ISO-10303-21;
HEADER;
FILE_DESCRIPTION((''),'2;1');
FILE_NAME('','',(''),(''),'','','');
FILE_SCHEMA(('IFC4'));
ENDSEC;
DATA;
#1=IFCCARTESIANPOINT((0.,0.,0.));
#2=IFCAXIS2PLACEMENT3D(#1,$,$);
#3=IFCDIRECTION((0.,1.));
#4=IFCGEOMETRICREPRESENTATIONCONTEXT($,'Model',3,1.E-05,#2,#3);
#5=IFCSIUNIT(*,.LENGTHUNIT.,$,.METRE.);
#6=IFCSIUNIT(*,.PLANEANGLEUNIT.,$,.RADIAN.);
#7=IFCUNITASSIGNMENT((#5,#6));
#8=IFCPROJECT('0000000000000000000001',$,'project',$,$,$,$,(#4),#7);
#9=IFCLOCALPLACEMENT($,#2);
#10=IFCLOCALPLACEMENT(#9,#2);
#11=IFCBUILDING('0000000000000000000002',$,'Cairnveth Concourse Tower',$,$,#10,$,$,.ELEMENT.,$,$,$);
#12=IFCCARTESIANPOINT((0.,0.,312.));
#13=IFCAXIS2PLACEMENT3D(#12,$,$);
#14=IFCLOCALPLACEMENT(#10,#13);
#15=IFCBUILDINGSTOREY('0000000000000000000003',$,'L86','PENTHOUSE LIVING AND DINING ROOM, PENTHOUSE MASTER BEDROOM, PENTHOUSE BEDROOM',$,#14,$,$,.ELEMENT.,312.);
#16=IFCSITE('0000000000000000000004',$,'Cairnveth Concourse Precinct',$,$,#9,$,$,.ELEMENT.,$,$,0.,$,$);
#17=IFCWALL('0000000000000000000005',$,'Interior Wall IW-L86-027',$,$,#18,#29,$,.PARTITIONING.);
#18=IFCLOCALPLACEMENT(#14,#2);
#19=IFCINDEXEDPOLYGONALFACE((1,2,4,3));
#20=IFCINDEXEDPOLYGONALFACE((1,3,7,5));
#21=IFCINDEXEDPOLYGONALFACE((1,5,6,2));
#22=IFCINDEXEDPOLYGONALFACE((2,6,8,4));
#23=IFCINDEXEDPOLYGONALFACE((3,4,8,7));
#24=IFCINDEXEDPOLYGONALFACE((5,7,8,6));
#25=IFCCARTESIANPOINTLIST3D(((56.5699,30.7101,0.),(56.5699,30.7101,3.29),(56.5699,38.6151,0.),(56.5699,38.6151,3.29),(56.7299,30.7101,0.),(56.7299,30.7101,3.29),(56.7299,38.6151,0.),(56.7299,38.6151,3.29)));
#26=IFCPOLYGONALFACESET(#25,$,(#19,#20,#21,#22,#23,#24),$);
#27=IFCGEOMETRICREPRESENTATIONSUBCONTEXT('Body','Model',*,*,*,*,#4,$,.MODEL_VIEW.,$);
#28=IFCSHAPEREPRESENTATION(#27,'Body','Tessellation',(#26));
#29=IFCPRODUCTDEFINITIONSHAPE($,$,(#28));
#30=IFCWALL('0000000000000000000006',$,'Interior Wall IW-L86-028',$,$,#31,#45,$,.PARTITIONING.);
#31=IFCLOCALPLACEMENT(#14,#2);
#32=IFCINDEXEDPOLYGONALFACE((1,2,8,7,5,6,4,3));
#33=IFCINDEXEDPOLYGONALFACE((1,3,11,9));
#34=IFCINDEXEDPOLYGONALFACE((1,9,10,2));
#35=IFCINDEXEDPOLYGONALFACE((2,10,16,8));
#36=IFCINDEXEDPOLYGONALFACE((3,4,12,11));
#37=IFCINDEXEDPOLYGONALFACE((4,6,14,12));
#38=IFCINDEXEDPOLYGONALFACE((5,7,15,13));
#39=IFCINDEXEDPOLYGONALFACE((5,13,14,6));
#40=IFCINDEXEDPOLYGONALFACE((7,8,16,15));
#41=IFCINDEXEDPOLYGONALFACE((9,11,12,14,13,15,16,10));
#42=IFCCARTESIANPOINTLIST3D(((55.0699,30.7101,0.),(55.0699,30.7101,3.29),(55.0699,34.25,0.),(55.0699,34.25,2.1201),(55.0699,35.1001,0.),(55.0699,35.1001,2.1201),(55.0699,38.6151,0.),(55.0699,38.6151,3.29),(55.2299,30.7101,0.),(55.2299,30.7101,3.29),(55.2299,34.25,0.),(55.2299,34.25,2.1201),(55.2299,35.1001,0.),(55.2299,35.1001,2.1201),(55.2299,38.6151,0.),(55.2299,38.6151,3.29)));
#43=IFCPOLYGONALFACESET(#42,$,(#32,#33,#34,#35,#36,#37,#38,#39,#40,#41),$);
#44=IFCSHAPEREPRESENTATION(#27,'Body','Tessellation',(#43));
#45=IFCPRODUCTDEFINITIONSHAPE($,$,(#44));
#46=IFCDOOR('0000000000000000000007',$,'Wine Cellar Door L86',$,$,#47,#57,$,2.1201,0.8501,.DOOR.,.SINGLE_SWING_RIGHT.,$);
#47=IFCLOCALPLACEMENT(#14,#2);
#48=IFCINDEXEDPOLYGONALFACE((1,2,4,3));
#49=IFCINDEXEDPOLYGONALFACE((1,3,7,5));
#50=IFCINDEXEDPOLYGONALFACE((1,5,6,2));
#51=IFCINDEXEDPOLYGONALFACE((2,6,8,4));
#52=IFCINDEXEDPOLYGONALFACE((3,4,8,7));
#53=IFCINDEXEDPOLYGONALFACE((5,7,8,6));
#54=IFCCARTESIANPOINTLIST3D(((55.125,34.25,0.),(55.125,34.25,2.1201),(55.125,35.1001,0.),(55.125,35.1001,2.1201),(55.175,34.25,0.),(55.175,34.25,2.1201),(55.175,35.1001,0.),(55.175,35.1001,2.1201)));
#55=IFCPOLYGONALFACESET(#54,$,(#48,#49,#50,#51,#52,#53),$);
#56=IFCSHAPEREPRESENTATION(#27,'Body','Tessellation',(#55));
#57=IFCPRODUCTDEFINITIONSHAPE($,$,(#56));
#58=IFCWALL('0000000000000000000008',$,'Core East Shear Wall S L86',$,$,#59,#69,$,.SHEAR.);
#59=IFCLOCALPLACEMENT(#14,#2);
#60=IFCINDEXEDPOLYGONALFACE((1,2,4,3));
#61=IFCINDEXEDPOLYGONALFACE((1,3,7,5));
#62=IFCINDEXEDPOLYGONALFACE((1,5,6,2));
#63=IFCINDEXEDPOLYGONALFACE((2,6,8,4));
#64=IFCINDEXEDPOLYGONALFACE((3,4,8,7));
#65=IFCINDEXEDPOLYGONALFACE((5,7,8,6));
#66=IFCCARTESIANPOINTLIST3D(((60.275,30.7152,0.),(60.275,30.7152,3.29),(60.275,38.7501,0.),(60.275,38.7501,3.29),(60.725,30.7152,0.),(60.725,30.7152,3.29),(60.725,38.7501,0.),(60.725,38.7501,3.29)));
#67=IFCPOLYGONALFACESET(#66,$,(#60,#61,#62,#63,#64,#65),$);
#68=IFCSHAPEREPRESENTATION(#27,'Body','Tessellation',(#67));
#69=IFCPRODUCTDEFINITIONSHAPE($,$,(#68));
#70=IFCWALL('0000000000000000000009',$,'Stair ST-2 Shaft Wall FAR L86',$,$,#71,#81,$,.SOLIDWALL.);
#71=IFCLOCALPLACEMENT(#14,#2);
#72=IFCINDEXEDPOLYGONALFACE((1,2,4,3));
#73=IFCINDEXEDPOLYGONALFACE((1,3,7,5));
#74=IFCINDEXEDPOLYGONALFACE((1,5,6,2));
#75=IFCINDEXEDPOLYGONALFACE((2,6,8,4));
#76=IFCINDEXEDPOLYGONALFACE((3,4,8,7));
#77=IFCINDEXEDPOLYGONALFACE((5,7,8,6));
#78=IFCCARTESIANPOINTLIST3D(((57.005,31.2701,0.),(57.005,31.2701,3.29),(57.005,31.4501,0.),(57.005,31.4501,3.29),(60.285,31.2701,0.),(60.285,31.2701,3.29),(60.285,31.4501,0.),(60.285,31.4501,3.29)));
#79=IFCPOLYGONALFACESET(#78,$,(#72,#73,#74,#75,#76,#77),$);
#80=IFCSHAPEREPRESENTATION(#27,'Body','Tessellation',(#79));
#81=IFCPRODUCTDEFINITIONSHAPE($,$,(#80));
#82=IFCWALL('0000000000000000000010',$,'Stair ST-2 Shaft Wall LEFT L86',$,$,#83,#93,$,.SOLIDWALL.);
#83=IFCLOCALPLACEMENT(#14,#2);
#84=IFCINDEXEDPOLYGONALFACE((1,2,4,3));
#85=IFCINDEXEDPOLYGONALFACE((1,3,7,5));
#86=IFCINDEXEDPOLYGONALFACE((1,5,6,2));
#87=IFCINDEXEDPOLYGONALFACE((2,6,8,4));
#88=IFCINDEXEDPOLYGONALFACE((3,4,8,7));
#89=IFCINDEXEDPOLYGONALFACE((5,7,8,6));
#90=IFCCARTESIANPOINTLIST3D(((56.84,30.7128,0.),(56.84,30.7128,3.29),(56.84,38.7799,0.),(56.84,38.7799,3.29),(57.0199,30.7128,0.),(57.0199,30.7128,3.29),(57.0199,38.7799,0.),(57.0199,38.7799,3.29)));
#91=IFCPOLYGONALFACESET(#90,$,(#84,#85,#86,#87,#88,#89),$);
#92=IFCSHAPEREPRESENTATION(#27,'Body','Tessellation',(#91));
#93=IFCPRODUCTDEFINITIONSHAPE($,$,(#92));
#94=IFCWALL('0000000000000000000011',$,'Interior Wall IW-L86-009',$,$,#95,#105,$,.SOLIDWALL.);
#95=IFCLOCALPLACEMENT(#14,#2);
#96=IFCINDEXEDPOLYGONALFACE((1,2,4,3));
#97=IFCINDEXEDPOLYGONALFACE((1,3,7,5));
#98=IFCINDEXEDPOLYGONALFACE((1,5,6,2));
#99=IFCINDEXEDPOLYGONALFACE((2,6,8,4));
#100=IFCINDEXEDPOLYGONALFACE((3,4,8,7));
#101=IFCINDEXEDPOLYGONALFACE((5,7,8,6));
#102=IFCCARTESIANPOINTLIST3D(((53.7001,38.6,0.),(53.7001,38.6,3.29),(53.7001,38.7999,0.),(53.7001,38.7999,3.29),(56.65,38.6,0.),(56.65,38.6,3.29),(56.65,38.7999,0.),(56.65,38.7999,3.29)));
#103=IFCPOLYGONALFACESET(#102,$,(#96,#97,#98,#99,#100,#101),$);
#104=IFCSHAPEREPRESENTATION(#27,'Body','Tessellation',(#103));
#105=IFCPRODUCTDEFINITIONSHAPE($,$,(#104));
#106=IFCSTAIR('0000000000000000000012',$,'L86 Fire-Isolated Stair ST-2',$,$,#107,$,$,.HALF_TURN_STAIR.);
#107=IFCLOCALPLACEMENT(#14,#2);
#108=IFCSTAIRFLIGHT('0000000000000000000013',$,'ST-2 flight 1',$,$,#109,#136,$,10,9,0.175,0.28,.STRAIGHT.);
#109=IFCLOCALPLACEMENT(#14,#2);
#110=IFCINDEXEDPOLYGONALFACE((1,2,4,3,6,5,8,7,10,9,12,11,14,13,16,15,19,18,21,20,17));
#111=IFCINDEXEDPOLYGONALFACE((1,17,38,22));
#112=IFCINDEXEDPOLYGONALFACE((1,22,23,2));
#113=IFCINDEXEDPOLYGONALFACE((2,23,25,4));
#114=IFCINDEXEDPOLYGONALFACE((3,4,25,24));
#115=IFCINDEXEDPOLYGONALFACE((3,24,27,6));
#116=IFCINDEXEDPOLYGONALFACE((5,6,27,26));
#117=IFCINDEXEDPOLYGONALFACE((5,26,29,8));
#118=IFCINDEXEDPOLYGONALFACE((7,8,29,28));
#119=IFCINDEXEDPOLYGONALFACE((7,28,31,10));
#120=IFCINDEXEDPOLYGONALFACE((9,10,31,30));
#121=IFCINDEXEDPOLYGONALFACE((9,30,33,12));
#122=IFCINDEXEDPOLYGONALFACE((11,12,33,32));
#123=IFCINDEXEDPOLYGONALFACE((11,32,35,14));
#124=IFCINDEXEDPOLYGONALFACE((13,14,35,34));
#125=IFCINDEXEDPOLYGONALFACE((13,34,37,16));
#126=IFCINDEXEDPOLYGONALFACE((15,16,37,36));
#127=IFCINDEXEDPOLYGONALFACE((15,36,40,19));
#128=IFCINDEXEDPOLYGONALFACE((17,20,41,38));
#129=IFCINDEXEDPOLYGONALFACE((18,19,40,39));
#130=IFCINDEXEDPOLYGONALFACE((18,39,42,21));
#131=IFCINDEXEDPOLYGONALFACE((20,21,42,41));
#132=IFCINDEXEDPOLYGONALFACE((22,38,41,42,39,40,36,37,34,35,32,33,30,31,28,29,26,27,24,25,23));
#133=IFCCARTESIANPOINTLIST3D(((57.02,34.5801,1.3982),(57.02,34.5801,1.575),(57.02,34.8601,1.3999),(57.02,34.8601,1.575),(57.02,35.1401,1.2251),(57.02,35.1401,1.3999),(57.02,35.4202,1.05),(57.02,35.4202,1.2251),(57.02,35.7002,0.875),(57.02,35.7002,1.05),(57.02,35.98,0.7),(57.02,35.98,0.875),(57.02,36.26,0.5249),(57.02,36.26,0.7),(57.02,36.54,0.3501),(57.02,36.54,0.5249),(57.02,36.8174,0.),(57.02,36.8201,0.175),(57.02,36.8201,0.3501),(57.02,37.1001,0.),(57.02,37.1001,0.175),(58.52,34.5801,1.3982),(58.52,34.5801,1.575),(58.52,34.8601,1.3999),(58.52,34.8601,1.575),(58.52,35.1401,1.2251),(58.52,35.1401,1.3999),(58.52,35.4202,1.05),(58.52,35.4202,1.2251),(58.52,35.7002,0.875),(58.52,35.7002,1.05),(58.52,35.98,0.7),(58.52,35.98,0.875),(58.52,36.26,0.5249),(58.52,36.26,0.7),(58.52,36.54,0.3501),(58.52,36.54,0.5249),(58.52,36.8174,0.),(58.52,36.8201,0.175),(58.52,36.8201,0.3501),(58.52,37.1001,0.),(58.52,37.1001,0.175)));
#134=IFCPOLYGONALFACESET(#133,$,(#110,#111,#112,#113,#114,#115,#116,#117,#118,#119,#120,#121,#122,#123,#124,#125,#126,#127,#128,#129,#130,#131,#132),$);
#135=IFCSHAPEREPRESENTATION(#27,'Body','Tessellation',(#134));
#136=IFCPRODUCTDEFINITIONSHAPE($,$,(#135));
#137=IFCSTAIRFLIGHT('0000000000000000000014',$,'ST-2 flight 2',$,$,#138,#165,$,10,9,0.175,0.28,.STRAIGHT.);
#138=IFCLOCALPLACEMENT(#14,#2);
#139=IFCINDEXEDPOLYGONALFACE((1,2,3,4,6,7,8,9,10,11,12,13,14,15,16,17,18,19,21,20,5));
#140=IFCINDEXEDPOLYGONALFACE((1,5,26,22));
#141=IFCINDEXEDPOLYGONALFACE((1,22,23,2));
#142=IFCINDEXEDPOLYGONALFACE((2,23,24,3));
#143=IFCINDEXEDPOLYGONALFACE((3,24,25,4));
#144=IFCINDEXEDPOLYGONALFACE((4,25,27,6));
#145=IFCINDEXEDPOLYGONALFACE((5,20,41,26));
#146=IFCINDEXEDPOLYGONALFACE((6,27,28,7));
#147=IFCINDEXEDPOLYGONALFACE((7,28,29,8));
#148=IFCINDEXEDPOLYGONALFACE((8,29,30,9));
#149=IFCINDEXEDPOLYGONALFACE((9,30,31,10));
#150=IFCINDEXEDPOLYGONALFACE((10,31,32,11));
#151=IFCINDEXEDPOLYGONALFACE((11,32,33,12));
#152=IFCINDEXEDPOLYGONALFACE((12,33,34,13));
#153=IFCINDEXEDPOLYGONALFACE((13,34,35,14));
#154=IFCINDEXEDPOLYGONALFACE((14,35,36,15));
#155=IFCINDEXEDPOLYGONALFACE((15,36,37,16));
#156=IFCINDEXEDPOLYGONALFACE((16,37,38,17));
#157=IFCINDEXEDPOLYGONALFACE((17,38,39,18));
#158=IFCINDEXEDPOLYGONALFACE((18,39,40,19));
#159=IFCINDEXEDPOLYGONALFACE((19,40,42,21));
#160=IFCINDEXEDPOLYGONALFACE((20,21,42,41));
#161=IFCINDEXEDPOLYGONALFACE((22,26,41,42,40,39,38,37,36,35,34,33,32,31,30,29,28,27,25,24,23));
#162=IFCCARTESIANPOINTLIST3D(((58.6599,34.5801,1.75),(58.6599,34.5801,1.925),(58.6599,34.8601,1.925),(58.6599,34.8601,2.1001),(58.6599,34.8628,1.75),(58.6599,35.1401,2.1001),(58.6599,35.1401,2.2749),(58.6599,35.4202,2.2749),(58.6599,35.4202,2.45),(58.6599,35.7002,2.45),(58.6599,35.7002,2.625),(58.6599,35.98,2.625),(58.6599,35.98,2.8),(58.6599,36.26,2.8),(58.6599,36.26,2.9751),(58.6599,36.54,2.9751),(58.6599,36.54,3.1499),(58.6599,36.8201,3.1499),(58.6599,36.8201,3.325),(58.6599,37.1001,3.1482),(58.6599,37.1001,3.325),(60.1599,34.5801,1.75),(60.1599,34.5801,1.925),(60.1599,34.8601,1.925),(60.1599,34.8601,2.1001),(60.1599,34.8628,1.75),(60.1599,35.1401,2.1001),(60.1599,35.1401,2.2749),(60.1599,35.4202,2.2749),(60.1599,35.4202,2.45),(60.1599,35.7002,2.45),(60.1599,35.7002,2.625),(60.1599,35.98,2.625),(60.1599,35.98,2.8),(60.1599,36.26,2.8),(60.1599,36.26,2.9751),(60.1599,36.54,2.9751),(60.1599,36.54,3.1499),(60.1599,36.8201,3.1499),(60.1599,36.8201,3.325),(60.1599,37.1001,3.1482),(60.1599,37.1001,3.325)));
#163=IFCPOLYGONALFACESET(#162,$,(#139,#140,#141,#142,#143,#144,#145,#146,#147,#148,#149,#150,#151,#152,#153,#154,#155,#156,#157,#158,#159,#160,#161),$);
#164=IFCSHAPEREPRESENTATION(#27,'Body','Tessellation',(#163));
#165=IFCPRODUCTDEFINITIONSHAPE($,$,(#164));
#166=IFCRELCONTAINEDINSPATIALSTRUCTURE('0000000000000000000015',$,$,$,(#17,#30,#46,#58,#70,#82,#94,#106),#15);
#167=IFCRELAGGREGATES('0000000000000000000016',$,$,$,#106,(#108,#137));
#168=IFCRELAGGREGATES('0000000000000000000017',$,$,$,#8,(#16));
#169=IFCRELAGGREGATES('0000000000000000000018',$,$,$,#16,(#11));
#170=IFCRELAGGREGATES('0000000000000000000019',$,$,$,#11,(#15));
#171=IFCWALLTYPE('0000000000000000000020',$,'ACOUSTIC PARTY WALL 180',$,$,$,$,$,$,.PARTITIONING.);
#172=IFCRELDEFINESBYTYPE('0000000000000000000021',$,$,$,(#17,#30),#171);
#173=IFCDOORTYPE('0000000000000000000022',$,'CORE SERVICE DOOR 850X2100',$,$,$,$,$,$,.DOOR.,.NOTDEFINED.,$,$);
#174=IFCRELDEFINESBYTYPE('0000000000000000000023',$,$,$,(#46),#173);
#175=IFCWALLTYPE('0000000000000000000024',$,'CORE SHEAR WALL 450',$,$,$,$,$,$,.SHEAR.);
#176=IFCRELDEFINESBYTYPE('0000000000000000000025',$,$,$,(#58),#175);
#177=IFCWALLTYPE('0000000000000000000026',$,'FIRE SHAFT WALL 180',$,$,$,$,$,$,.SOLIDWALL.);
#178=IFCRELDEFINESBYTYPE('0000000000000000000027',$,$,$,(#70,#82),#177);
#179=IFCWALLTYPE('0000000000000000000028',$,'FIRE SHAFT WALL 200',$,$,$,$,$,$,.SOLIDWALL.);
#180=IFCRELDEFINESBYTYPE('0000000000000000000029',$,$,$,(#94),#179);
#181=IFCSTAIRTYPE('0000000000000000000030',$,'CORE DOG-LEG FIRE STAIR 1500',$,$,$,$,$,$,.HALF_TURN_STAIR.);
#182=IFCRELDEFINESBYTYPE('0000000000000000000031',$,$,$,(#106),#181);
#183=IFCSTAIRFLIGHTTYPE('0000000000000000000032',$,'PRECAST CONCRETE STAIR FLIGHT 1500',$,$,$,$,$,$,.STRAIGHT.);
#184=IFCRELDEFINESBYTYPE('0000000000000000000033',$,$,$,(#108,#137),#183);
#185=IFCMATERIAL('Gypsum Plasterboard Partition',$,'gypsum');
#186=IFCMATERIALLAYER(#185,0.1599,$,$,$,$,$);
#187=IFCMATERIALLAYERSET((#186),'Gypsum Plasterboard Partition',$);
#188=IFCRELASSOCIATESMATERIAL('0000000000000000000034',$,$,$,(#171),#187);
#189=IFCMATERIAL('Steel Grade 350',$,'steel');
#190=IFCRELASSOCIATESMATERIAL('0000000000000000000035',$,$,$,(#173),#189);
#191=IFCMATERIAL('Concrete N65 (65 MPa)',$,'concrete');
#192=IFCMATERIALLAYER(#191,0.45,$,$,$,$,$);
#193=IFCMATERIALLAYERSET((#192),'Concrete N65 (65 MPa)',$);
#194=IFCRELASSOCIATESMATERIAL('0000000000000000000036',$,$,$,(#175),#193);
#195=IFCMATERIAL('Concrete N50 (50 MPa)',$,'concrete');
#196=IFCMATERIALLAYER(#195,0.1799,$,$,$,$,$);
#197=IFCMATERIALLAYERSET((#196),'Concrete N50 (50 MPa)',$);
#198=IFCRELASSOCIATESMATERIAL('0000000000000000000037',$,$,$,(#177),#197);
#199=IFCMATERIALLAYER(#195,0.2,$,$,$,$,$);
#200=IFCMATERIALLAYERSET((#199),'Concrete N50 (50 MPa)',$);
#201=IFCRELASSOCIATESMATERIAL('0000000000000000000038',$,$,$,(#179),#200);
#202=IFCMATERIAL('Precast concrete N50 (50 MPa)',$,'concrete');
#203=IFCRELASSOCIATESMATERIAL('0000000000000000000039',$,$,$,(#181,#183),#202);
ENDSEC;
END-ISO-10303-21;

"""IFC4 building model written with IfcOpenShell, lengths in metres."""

from ifc_helpers import new_model, si_unit, direction, frame, frame_2d, origin, place, context, subcontext, project, spatial, polyline, rectangle, outline, extrude, material, layer, layer_set, type_object, element, fill, aggregate, save


model = new_model("IFC4")

# Units and contexts
model_context = context("Model", 3, precision=1e-05, world=origin(), true_north=direction((0.0, 1.0)))
body_context = subcontext(model_context, "Body", "Model", "MODEL_VIEW")
ifc_project = project(units=[si_unit("LENGTHUNIT", "METRE"), si_unit("PLANEANGLEUNIT", "RADIAN")], contexts=[model_context])

# Site, building, storey
site_placement = place(None, origin())
site = spatial("IfcSite", under=ifc_project, at=site_placement, Name="Cairnveth Concourse Precinct", CompositionType="ELEMENT", RefElevation=0.0)
building_placement = place(site_placement, origin())
building = spatial("IfcBuilding", under=site, at=building_placement, Name="Cairnveth Concourse Tower", CompositionType="ELEMENT")
storey_placement = place(building_placement, frame((0.0, 0.0, 312.0)))
storey = spatial("IfcBuildingStorey", under=building, at=storey_placement, Name="L86", Description="PENTHOUSE LIVING AND DINING ROOM, PENTHOUSE MASTER BEDROOM, PENTHOUSE BEDROOM", CompositionType="ELEMENT", Elevation=312.0)

# Wall
ifc_material_1 = material(Name="Gypsum Plasterboard Partition", Category="gypsum")
ifc_layer_1 = layer(ifc_material_1, 0.1599)
ifc_layer_set_1 = layer_set([ifc_layer_1], Name="Gypsum Plasterboard Partition")
wall_type_1 = type_object("IfcWallType", Name="ACOUSTIC PARTY WALL 180", PredefinedType="PARTITIONING", material=ifc_layer_set_1)
wall_1_placement = place(storey_placement, frame((56.6499, 30.71, 0.0), z_axis=(0.0, 0.0, 1.0), x_axis=(0.0, 1.0, 0.0)))
element("IfcWall", 1, at=wall_1_placement, inside=storey, type_object=wall_type_1, Name="Interior Wall IW-L86-027", PredefinedType="PARTITIONING", context=body_context, shape_type="SweptSolid", body=[
    extrude(rectangle(XDim=7.905, YDim=0.1599, at=frame_2d((3.9526, 0.0))), origin(), (0.0, 0.0, 1.0), 3.29),
])

# Wall, opening, door
wall_2_placement = place(storey_placement, frame((55.1499, 30.71, 0.0), z_axis=(0.0, 0.0, 1.0), x_axis=(0.0, 1.0, 0.0)))
wall_2 = element("IfcWall", 2, at=wall_2_placement, inside=storey, type_object=wall_type_1, Name="Interior Wall IW-L86-028", PredefinedType="PARTITIONING", context=body_context, shape_type="SweptSolid", body=[
    extrude(rectangle(XDim=7.905, YDim=0.1599, at=frame_2d((3.9526, 0.0))), origin(), (0.0, 0.0, 1.0), 3.29),
])
opening_1_placement = place(wall_2_placement, frame((3.54, 0.0, 0.0)))
opening_1 = element("IfcOpeningElement", 3, at=opening_1_placement, cuts=wall_2, PredefinedType="OPENING", context=body_context, shape_type="SweptSolid", body=[
    extrude(rectangle(XDim=0.8501, YDim=2.1201, at=frame_2d((0.425, 1.0601))), frame((0.0, 0.0898, 0.0), z_axis=(0.0, -1.0, 0.0), x_axis=(1.0, 0.0, 0.0)), (0.0, 0.0, 1.0), 0.1799),
])
ifc_material_2 = material(Name="Steel Grade 350", Category="steel")
door_type_1 = type_object("IfcDoorType", Name="CORE SERVICE DOOR 850X2100", OperationType="NOTDEFINED", PredefinedType="DOOR", material=ifc_material_2)
door_1_placement = place(opening_1_placement, origin())
door_1 = element("IfcDoor", 4, at=door_1_placement, inside=storey, type_object=door_type_1, Name="Wine Cellar Door L86", OperationType="SINGLE_SWING_RIGHT", OverallHeight=2.1201, OverallWidth=0.8501, PredefinedType="DOOR", context=body_context, shape_type="SweptSolid", body=[
    extrude(rectangle(XDim=0.8501, YDim=2.1201, at=frame_2d((0.425, 1.0601))), frame((0.0, 0.0249, 0.0), z_axis=(0.0, -1.0, 0.0), x_axis=(1.0, 0.0, 0.0)), (0.0, 0.0, 1.0), 0.05),
])
fill(opening_1, door_1)

# Wall
ifc_material_3 = material(Name="Concrete N65 (65 MPa)", Category="concrete")
ifc_layer_2 = layer(ifc_material_3, 0.45)
ifc_layer_set_2 = layer_set([ifc_layer_2], Name="Concrete N65 (65 MPa)")
wall_type_2 = type_object("IfcWallType", Name="CORE SHEAR WALL 450", PredefinedType="SHEAR", material=ifc_layer_set_2)
wall_3_placement = place(storey_placement, frame((60.5, 30.7151, 0.0), z_axis=(0.0, 0.0, 1.0), x_axis=(0.0, 1.0, 0.0)))
element("IfcWall", 5, at=wall_3_placement, inside=storey, type_object=wall_type_2, Name="Core East Shear Wall S L86", PredefinedType="SHEAR", context=body_context, shape_type="SweptSolid", body=[
    extrude(rectangle(XDim=8.0349, YDim=0.45, at=frame_2d((4.0176, 0.0))), origin(), (0.0, 0.0, 1.0), 3.29),
])

# Shared definitions
ifc_material_4 = material(Name="Concrete N50 (50 MPa)", Category="concrete")
ifc_layer_3 = layer(ifc_material_4, 0.1799)
ifc_layer_set_3 = layer_set([ifc_layer_3], Name="Concrete N50 (50 MPa)")
wall_type_3 = type_object("IfcWallType", Name="FIRE SHAFT WALL 180", PredefinedType="SOLIDWALL", material=ifc_layer_set_3)

# Walls
wall_4_placement = place(storey_placement, frame((57.0049, 31.3601, 0.0), z_axis=(0.0, 0.0, 1.0), x_axis=(1.0, 0.0, 0.0)))
element("IfcWall", 6, at=wall_4_placement, inside=storey, type_object=wall_type_3, Name="Stair ST-2 Shaft Wall FAR L86", PredefinedType="SOLIDWALL", context=body_context, shape_type="SweptSolid", body=[
    extrude(rectangle(XDim=3.28, YDim=0.1799, at=frame_2d((1.6401, 0.0))), origin(), (0.0, 0.0, 1.0), 3.29),
])
wall_5_placement = place(storey_placement, frame((56.9299, 38.78, 0.0), z_axis=(0.0, 0.0, 1.0), x_axis=(0.0, -1.0, 0.0)))
element("IfcWall", 7, at=wall_5_placement, inside=storey, type_object=wall_type_3, Name="Stair ST-2 Shaft Wall LEFT L86", PredefinedType="SOLIDWALL", context=body_context, shape_type="SweptSolid", body=[
    extrude(rectangle(XDim=8.0671, YDim=0.1799, at=frame_2d((4.0337, 0.0))), origin(), (0.0, 0.0, 1.0), 3.29),
])
ifc_layer_4 = layer(ifc_material_4, 0.2)
ifc_layer_set_4 = layer_set([ifc_layer_4], Name="Concrete N50 (50 MPa)")
wall_type_4 = type_object("IfcWallType", Name="FIRE SHAFT WALL 200", PredefinedType="SOLIDWALL", material=ifc_layer_set_4)
wall_6_placement = place(storey_placement, frame((53.7, 38.7, 0.0), z_axis=(0.0, 0.0, 1.0), x_axis=(1.0, 0.0, 0.0)))
element("IfcWall", 8, at=wall_6_placement, inside=storey, type_object=wall_type_4, Name="Interior Wall IW-L86-009", PredefinedType="SOLIDWALL", context=body_context, shape_type="SweptSolid", body=[
    extrude(rectangle(XDim=2.95, YDim=0.2, at=frame_2d((1.4751, 0.0))), origin(), (0.0, 0.0, 1.0), 3.29),
])

# Stair, stair flights
ifc_material_5 = material(Name="Precast concrete N50 (50 MPa)", Category="concrete")
stair_type = type_object("IfcStairType", Name="CORE DOG-LEG FIRE STAIR 1500", PredefinedType="HALF_TURN_STAIR", material=ifc_material_5)
stair_placement = place(storey_placement, origin())
stair = element("IfcStair", 9, at=stair_placement, inside=storey, type_object=stair_type, Name="L86 Fire-Isolated Stair ST-2", PredefinedType="HALF_TURN_STAIR")
stair_flight_type = type_object("IfcStairFlightType", Name="PRECAST CONCRETE STAIR FLIGHT 1500", PredefinedType="STRAIGHT", material=ifc_material_5)
stair_flight_1_placement = place(storey_placement, frame((57.77, 37.1001, 0.0), z_axis=(0.0, 0.0, 1.0), x_axis=(0.0, -1.0, 0.0)))
stair_flight_1 = element("IfcStairFlight", 10, at=stair_flight_1_placement, type_object=stair_flight_type, Name="ST-2 flight 1", NumberOfRisers=10, NumberOfTreads=9, PredefinedType="STRAIGHT", RiserHeight=0.175, TreadLength=0.28, context=body_context, shape_type="SweptSolid", body=[
    extrude(outline(polyline([(0.0, 0.0), (0.0, 0.175), (0.28, 0.175), (0.28, 0.3501), (0.5601, 0.3501), (0.5601, 0.5249), (0.8401, 0.5249), (0.8401, 0.7), (1.1201, 0.7), (1.1201, 0.875), (1.3999, 0.875), (1.3999, 1.05), (1.6799, 1.05), (1.6799, 1.2251), (1.96, 1.2251), (1.96, 1.3999), (2.24, 1.3999), (2.24, 1.575), (2.52, 1.575), (2.52, 1.75), (2.52, 1.3982), (0.2827, 0.0), (0.0, 0.0)])), frame((0.0, 0.75, 0.0), z_axis=(0.0, -1.0, 0.0), x_axis=(1.0, 0.0, 0.0)), (0.0, 0.0, 1.0), 1.5),
])
stair_flight_2_placement = place(storey_placement, frame((59.4099, 34.5801, 1.75), z_axis=(0.0, 0.0, 1.0), x_axis=(0.0, 1.0, 0.0)))
stair_flight_2 = element("IfcStairFlight", 11, at=stair_flight_2_placement, type_object=stair_flight_type, Name="ST-2 flight 2", NumberOfRisers=10, NumberOfTreads=9, PredefinedType="STRAIGHT", RiserHeight=0.175, TreadLength=0.28, context=body_context, shape_type="SweptSolid", body=[
    extrude(outline(polyline([(0.0, 0.0), (0.0, 0.175), (0.28, 0.175), (0.28, 0.3501), (0.5601, 0.3501), (0.5601, 0.5249), (0.8401, 0.5249), (0.8401, 0.7), (1.1201, 0.7), (1.1201, 0.875), (1.3999, 0.875), (1.3999, 1.05), (1.6799, 1.05), (1.6799, 1.2251), (1.96, 1.2251), (1.96, 1.3999), (2.24, 1.3999), (2.24, 1.575), (2.52, 1.575), (2.52, 1.75), (2.52, 1.3982), (0.2827, 0.0), (0.0, 0.0)])), frame((0.0, 0.75, 0.0), z_axis=(0.0, -1.0, 0.0), x_axis=(1.0, 0.0, 0.0)), (0.0, 0.0, 1.0), 1.5),
])
aggregate(stair, [stair_flight_1, stair_flight_2])

save(model, "model.ifc")
